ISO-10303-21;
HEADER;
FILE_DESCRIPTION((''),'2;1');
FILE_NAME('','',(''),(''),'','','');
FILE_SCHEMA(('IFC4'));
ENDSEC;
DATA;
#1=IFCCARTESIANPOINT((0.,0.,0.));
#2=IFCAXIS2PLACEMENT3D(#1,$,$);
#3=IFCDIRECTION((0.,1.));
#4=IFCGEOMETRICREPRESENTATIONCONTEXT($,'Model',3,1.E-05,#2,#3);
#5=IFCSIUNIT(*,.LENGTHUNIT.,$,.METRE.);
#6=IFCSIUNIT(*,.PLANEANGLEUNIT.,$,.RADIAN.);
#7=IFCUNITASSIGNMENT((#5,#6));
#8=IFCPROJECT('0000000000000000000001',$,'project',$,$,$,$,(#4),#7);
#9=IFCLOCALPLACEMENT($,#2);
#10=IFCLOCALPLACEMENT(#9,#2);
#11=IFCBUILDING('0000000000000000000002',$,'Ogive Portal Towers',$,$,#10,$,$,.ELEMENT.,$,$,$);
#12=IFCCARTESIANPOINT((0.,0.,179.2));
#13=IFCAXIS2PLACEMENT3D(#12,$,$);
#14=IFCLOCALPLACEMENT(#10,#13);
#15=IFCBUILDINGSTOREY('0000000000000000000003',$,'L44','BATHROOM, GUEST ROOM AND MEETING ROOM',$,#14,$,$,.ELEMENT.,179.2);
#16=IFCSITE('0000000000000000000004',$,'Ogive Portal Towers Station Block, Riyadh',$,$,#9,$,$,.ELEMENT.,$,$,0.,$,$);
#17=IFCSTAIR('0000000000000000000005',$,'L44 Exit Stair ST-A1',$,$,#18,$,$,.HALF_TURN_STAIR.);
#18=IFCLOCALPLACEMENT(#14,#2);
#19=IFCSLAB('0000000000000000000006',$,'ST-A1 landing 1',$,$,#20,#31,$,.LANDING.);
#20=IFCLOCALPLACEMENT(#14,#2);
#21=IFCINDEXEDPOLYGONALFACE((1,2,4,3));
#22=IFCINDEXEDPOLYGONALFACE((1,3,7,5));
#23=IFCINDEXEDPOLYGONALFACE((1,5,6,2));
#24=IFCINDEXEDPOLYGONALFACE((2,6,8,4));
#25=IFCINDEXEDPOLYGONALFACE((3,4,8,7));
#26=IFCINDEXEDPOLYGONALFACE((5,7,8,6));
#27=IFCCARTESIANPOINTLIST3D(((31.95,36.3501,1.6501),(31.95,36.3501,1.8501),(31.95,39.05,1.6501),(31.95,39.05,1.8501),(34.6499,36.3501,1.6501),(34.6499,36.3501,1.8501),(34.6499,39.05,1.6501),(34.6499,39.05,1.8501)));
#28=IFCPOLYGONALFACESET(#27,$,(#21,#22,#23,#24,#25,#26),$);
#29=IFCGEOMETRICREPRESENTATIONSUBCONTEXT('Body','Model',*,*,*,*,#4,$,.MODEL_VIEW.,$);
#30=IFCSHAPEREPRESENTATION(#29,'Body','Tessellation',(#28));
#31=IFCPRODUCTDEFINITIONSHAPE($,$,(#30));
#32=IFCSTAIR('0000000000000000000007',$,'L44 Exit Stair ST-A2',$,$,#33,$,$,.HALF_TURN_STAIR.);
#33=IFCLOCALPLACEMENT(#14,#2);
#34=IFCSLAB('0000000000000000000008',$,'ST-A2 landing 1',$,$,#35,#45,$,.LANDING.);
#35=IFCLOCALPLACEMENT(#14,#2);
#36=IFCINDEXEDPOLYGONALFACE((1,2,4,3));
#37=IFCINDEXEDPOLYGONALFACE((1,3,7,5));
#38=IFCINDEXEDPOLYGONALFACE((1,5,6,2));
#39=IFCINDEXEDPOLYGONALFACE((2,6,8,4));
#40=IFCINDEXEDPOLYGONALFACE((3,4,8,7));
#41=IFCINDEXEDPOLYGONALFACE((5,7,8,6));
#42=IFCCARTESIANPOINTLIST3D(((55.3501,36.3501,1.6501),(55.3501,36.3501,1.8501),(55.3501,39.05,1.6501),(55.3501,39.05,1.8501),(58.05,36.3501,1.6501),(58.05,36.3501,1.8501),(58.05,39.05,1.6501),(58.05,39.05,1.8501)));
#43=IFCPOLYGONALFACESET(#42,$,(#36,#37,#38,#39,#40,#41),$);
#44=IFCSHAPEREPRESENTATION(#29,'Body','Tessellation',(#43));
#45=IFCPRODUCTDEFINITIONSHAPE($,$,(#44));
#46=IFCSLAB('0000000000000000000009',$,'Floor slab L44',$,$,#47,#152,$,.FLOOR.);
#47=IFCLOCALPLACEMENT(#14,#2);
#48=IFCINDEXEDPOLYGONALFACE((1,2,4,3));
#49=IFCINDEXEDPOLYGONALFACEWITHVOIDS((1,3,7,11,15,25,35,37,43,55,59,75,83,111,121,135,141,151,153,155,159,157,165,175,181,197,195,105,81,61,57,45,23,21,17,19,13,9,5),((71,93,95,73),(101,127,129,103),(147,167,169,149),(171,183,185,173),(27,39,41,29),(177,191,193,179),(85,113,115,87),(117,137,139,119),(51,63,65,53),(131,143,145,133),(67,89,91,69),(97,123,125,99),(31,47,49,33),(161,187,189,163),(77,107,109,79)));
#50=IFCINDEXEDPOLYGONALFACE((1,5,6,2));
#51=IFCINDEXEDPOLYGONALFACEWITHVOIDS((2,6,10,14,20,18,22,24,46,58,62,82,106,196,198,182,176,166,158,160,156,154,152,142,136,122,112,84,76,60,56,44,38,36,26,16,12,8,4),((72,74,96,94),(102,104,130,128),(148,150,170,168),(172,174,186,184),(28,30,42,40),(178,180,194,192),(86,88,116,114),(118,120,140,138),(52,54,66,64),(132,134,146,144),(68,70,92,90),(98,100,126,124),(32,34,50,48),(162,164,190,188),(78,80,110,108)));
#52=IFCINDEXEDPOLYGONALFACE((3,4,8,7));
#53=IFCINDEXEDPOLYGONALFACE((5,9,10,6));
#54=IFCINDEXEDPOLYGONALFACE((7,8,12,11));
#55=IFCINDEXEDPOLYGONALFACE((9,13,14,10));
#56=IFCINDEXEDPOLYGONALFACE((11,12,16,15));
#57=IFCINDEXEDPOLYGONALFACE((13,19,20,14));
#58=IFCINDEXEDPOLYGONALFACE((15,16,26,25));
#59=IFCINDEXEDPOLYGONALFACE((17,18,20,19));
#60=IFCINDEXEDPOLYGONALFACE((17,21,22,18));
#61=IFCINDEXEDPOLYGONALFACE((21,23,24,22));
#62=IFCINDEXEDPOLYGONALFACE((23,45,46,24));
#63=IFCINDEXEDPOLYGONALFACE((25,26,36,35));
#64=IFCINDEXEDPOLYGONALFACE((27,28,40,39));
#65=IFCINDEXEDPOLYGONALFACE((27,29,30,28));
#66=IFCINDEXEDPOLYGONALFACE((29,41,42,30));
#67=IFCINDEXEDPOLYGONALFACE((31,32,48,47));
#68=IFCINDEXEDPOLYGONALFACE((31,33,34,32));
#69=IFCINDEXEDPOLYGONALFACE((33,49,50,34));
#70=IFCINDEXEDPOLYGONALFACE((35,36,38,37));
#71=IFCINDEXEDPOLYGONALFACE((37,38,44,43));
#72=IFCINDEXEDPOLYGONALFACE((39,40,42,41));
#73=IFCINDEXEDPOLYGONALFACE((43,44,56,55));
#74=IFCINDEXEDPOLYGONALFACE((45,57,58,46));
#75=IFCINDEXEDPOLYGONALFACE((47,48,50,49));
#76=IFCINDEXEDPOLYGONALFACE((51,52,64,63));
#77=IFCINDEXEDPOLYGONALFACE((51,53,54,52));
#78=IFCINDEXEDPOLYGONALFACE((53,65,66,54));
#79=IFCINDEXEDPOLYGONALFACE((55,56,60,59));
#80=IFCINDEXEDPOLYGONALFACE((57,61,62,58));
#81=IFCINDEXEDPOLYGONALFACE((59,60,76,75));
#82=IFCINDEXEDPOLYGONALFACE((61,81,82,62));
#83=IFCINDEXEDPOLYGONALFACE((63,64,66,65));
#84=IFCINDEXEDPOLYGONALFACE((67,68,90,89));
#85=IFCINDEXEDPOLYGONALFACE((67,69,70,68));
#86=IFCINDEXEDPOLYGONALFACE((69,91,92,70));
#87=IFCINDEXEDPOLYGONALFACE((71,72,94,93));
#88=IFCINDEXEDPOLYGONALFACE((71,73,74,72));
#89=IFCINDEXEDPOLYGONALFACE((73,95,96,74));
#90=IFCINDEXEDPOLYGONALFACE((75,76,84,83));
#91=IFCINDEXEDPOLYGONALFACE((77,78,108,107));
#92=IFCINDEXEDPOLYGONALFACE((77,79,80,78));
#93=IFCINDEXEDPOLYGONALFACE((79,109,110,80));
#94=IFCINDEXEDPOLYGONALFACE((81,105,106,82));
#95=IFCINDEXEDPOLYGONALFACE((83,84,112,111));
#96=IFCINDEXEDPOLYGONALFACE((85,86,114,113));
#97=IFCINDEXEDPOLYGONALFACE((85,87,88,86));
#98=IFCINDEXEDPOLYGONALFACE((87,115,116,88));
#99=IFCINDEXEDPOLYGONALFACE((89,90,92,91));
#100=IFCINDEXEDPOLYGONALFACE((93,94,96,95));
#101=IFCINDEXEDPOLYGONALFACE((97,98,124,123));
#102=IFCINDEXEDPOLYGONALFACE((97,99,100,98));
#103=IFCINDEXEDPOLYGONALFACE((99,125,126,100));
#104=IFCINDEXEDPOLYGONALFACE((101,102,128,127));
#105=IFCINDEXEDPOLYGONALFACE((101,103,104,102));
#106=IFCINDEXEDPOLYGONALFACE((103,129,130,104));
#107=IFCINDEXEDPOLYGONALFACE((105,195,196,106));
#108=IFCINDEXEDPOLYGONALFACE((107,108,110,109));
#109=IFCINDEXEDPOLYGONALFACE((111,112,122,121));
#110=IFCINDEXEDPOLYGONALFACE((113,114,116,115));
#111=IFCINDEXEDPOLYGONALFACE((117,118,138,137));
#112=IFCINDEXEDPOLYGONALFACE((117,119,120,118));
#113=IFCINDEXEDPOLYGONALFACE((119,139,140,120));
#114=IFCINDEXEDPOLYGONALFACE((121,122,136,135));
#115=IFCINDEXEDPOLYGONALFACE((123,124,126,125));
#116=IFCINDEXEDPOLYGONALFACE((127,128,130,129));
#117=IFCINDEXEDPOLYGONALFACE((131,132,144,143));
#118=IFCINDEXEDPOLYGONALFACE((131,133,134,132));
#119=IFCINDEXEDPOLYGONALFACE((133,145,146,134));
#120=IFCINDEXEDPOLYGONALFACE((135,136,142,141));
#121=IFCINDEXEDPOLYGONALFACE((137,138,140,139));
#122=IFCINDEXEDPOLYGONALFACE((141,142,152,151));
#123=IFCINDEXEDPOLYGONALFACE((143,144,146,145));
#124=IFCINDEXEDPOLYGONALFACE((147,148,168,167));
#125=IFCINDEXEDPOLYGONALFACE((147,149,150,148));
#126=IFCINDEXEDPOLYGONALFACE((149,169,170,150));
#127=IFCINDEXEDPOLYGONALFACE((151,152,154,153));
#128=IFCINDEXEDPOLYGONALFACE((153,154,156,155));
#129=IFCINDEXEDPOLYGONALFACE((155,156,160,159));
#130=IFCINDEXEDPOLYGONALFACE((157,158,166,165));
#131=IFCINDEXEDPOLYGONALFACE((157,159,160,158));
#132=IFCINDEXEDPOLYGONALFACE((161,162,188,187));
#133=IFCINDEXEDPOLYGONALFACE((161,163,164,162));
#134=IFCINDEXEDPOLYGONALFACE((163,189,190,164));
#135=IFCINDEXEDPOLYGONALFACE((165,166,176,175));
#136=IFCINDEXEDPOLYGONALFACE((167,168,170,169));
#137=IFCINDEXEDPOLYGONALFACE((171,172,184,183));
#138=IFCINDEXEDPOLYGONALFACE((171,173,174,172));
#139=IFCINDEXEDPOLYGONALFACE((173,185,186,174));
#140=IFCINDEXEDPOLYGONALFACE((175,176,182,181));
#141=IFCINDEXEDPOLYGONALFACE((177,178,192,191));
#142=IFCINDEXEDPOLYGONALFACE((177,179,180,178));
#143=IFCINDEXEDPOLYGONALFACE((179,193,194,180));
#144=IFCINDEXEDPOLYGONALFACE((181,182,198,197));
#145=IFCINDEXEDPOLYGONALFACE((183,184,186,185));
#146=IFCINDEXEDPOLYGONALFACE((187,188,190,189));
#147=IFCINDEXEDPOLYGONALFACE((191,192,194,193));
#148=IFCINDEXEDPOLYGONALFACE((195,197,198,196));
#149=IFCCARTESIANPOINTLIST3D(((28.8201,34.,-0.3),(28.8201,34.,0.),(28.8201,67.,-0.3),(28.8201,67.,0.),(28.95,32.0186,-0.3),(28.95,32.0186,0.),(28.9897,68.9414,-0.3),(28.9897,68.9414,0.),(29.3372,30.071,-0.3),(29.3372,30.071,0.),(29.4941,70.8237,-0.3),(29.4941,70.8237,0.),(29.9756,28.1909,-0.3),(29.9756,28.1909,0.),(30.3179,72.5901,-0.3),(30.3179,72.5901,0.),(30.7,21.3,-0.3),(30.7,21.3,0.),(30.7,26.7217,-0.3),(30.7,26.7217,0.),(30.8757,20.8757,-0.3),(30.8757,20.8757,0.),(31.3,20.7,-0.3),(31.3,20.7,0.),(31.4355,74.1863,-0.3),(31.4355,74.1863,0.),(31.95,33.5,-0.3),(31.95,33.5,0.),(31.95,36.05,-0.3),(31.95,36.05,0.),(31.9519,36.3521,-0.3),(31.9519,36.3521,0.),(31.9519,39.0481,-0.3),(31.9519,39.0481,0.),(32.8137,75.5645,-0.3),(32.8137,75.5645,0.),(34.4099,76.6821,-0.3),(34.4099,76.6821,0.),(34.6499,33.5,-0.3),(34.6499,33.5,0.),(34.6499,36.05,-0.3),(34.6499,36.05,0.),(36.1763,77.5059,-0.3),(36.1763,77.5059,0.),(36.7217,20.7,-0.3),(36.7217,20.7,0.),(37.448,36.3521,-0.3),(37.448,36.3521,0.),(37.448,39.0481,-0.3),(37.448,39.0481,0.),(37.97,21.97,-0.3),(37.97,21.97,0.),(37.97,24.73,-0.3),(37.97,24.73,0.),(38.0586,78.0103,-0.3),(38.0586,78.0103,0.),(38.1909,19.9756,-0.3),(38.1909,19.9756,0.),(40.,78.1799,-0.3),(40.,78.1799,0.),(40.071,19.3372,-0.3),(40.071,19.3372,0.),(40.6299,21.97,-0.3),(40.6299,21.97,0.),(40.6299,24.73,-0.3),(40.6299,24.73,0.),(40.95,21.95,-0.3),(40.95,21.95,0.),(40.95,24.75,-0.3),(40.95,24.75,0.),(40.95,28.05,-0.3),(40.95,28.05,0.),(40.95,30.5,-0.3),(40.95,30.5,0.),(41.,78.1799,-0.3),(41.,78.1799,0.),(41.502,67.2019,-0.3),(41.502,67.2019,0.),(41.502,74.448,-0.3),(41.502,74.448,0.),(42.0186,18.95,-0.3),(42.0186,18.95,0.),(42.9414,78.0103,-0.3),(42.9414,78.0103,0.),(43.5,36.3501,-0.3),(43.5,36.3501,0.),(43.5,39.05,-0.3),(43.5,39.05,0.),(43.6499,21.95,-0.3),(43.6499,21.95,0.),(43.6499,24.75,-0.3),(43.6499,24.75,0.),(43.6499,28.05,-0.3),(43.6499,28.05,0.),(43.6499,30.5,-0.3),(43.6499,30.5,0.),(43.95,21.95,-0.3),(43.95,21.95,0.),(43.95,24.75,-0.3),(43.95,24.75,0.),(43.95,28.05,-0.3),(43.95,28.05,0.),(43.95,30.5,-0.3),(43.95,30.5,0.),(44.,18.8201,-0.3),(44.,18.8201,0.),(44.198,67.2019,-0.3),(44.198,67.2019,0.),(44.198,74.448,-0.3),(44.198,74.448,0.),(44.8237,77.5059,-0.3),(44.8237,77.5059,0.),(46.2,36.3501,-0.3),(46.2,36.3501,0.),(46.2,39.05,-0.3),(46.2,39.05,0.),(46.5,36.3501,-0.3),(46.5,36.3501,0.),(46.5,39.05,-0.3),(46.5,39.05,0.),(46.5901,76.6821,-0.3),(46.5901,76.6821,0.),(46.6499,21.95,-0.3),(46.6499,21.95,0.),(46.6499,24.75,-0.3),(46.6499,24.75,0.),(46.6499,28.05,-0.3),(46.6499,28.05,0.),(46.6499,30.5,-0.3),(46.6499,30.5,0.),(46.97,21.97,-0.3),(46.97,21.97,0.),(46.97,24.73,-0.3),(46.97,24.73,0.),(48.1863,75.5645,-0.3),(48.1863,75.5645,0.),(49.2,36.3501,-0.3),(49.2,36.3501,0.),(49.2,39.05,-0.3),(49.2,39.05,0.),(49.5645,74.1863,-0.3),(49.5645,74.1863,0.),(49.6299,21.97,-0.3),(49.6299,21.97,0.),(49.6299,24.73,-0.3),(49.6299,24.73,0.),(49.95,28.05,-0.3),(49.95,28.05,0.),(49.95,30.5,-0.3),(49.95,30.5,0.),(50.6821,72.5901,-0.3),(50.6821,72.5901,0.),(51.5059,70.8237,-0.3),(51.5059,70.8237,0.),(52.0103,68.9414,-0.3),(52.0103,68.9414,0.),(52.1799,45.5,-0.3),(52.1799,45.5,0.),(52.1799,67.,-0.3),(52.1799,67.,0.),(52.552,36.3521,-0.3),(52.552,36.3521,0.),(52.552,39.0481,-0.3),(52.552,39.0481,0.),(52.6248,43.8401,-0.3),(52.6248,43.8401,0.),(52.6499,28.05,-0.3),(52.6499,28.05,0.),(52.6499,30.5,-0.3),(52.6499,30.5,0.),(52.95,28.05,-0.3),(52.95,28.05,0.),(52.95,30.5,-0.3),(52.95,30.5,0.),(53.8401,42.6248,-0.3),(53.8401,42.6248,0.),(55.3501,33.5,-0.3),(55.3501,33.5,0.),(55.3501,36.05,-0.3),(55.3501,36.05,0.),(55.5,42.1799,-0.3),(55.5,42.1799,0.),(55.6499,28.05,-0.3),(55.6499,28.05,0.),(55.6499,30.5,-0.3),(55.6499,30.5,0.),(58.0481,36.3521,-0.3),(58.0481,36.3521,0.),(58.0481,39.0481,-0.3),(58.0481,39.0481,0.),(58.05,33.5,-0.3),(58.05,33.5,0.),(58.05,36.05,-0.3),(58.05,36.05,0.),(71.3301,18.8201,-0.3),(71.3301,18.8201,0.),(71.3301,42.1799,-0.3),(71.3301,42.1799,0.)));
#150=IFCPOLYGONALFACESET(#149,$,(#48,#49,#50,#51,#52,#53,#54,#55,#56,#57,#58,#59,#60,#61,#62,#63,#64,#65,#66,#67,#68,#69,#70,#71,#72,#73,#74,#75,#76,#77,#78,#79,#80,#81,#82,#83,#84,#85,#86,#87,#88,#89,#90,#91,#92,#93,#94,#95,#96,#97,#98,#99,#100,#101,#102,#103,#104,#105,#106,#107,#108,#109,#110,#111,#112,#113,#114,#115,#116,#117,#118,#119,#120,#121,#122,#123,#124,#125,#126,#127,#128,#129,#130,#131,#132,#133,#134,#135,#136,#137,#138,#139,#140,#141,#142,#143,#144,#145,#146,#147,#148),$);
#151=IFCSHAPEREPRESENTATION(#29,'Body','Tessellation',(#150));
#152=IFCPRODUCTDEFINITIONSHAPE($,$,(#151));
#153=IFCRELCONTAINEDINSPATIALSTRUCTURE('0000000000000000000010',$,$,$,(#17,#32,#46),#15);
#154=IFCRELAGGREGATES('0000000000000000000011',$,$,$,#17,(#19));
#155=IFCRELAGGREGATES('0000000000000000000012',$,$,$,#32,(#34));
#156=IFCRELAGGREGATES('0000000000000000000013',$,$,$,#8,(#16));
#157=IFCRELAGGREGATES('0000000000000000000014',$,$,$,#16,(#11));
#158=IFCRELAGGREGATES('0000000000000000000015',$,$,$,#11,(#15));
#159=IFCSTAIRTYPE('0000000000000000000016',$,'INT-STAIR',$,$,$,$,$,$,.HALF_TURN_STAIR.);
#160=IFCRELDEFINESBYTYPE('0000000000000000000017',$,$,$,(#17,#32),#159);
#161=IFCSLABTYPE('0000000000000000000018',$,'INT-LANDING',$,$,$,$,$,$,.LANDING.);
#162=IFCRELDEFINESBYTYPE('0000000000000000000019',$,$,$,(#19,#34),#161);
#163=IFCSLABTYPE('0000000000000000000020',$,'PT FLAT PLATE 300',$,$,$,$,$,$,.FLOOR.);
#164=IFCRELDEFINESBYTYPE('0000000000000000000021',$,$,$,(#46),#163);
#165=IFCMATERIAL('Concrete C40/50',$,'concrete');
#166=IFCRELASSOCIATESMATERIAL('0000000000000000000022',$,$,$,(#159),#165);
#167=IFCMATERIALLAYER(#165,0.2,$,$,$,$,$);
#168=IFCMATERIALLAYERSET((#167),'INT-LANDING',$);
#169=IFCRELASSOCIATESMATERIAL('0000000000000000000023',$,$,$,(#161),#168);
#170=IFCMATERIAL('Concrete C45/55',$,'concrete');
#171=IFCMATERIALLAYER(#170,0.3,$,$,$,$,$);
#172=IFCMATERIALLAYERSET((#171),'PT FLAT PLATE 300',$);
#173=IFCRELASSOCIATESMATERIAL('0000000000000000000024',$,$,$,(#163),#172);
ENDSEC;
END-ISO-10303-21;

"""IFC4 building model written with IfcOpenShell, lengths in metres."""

from ifc_helpers import new_model, si_unit, direction, frame, origin, place, context, subcontext, project, spatial, polyline, outline, extrude, material, layer, layer_set, type_object, element, aggregate, save


model = new_model("IFC4")

# Units and contexts
model_context = context("Model", 3, precision=1e-05, world=origin(), true_north=direction((0.0, 1.0)))
body_context = subcontext(model_context, "Body", "Model", "MODEL_VIEW")
ifc_project = project(units=[si_unit("LENGTHUNIT", "METRE"), si_unit("PLANEANGLEUNIT", "RADIAN")], contexts=[model_context])

# Site, building, storey
site_placement = place(None, origin())
site = spatial("IfcSite", under=ifc_project, at=site_placement, Name="Ogive Portal Towers Station Block, Riyadh", CompositionType="ELEMENT", RefElevation=0.0)
building_placement = place(site_placement, origin())
building = spatial("IfcBuilding", under=site, at=building_placement, Name="Ogive Portal Towers", CompositionType="ELEMENT")
storey_placement = place(building_placement, frame((0.0, 0.0, 179.2)))
storey = spatial("IfcBuildingStorey", under=building, at=storey_placement, Name="L44", Description="BATHROOM, GUEST ROOM AND MEETING ROOM", CompositionType="ELEMENT", Elevation=179.2)

# Stairs, slabs
ifc_material_1 = material(Name="Concrete C40/50", Category="concrete")
stair_type = type_object("IfcStairType", Name="INT-STAIR", PredefinedType="HALF_TURN_STAIR", material=ifc_material_1)
stair_1_placement = place(storey_placement, origin())
stair_1 = element("IfcStair", 1, at=stair_1_placement, inside=storey, type_object=stair_type, Name="L44 Exit Stair ST-A1", PredefinedType="HALF_TURN_STAIR")
ifc_layer_1 = layer(ifc_material_1, 0.2)
ifc_layer_set_1 = layer_set([ifc_layer_1], Name="INT-LANDING")
slab_type_1 = type_object("IfcSlabType", Name="INT-LANDING", PredefinedType="LANDING", material=ifc_layer_set_1)
slab_1_placement = place(storey_placement, frame((0.0, 0.0, 1.6501)))
slab_1 = element("IfcSlab", 2, at=slab_1_placement, type_object=slab_type_1, Name="ST-A1 landing 1", PredefinedType="LANDING", context=body_context, shape_type="SweptSolid", body=[
    extrude(outline(polyline([(34.6499, 39.05), (31.95, 39.05), (31.95, 36.3501), (34.6499, 36.3501), (34.6499, 39.05)])), origin(), (0.0, 0.0, 1.0), 0.2),
])
aggregate(stair_1, [slab_1])
stair_2_placement = place(storey_placement, origin())
stair_2 = element("IfcStair", 3, at=stair_2_placement, inside=storey, type_object=stair_type, Name="L44 Exit Stair ST-A2", PredefinedType="HALF_TURN_STAIR")
slab_2_placement = place(storey_placement, frame((0.0, 0.0, 1.6501)))
slab_2 = element("IfcSlab", 4, at=slab_2_placement, type_object=slab_type_1, Name="ST-A2 landing 1", PredefinedType="LANDING", context=body_context, shape_type="SweptSolid", body=[
    extrude(outline(polyline([(55.3501, 36.3501), (58.05, 36.3501), (58.05, 39.05), (55.3501, 39.05), (55.3501, 36.3501)])), origin(), (0.0, 0.0, 1.0), 0.2),
])
aggregate(stair_2, [slab_2])

# Slab
ifc_material_2 = material(Name="Concrete C45/55", Category="concrete")
ifc_layer_2 = layer(ifc_material_2, 0.3)
ifc_layer_set_2 = layer_set([ifc_layer_2], Name="PT FLAT PLATE 300")
slab_type_2 = type_object("IfcSlabType", Name="PT FLAT PLATE 300", PredefinedType="FLOOR", material=ifc_layer_set_2)
slab_3_placement = place(storey_placement, frame((0.0, 0.0, -0.3)))
element("IfcSlab", 5, at=slab_3_placement, inside=storey, type_object=slab_type_2, Name="Floor slab L44", PredefinedType="FLOOR", context=body_context, shape_type="SweptSolid", body=[
    extrude(outline(polyline([(28.95, 32.0186), (29.3372, 30.071), (29.9756, 28.1909), (30.7, 26.7217), (30.7, 21.3), (30.8757, 20.8757), (31.3, 20.7), (36.7217, 20.7), (38.1909, 19.9756), (40.071, 19.3372), (42.0186, 18.95), (44.0, 18.8201), (71.3301, 18.8201), (71.3301, 42.1799), (55.5, 42.1799), (53.8401, 42.6248), (52.6248, 43.8401), (52.1799, 45.5), (52.1799, 67.0), (52.0103, 68.9414), (51.5059, 70.8237), (50.6821, 72.5901), (49.5645, 74.1863), (48.1863, 75.5645), (46.5901, 76.6821), (44.8237, 77.5059), (42.9414, 78.0103), (41.0, 78.1799), (40.0, 78.1799), (38.0586, 78.0103), (36.1763, 77.5059), (34.4099, 76.6821), (32.8137, 75.5645), (31.4355, 74.1863), (30.3179, 72.5901), (29.4941, 70.8237), (28.9897, 68.9414), (28.8201, 67.0), (28.8201, 34.0), (28.95, 32.0186)]), holes=[polyline([(40.6299, 21.97), (37.97, 21.97), (37.97, 24.73), (40.6299, 24.73), (40.6299, 21.97)]), polyline([(43.6499, 24.75), (43.6499, 21.95), (40.95, 21.95), (40.95, 24.75), (43.6499, 24.75)]), polyline([(46.6499, 24.75), (46.6499, 21.95), (43.95, 21.95), (43.95, 24.75), (46.6499, 24.75)]), polyline([(43.6499, 30.5), (43.6499, 28.05), (40.95, 28.05), (40.95, 30.5), (43.6499, 30.5)]), polyline([(46.6499, 30.5), (46.6499, 28.05), (43.95, 28.05), (43.95, 30.5), (46.6499, 30.5)]), polyline([(34.6499, 36.05), (34.6499, 33.5), (31.95, 33.5), (31.95, 36.05), (34.6499, 36.05)]), polyline([(31.9519, 39.0481), (37.448, 39.0481), (37.448, 36.3521), (31.9519, 36.3521), (31.9519, 39.0481)]), polyline([(46.2, 39.05), (46.2, 36.3501), (43.5, 36.3501), (43.5, 39.05), (46.2, 39.05)]), polyline([(44.198, 74.448), (44.198, 67.2019), (41.502, 67.2019), (41.502, 74.448), (44.198, 74.448)]), polyline([(49.6299, 21.97), (46.97, 21.97), (46.97, 24.73), (49.6299, 24.73), (49.6299, 21.97)]), polyline([(52.6499, 30.5), (52.6499, 28.05), (49.95, 28.05), (49.95, 30.5), (52.6499, 30.5)]), polyline([(55.6499, 30.5), (55.6499, 28.05), (52.95, 28.05), (52.95, 30.5), (55.6499, 30.5)]), polyline([(58.05, 36.05), (58.05, 33.5), (55.3501, 33.5), (55.3501, 36.05), (58.05, 36.05)]), polyline([(49.2, 36.3501), (46.5, 36.3501), (46.5, 39.05), (49.2, 39.05), (49.2, 36.3501)]), polyline([(52.552, 36.3521), (52.552, 39.0481), (58.0481, 39.0481), (58.0481, 36.3521), (52.552, 36.3521)])]), origin(), (0.0, 0.0, 1.0), 0.3),
])

save(model, "model.ifc")
